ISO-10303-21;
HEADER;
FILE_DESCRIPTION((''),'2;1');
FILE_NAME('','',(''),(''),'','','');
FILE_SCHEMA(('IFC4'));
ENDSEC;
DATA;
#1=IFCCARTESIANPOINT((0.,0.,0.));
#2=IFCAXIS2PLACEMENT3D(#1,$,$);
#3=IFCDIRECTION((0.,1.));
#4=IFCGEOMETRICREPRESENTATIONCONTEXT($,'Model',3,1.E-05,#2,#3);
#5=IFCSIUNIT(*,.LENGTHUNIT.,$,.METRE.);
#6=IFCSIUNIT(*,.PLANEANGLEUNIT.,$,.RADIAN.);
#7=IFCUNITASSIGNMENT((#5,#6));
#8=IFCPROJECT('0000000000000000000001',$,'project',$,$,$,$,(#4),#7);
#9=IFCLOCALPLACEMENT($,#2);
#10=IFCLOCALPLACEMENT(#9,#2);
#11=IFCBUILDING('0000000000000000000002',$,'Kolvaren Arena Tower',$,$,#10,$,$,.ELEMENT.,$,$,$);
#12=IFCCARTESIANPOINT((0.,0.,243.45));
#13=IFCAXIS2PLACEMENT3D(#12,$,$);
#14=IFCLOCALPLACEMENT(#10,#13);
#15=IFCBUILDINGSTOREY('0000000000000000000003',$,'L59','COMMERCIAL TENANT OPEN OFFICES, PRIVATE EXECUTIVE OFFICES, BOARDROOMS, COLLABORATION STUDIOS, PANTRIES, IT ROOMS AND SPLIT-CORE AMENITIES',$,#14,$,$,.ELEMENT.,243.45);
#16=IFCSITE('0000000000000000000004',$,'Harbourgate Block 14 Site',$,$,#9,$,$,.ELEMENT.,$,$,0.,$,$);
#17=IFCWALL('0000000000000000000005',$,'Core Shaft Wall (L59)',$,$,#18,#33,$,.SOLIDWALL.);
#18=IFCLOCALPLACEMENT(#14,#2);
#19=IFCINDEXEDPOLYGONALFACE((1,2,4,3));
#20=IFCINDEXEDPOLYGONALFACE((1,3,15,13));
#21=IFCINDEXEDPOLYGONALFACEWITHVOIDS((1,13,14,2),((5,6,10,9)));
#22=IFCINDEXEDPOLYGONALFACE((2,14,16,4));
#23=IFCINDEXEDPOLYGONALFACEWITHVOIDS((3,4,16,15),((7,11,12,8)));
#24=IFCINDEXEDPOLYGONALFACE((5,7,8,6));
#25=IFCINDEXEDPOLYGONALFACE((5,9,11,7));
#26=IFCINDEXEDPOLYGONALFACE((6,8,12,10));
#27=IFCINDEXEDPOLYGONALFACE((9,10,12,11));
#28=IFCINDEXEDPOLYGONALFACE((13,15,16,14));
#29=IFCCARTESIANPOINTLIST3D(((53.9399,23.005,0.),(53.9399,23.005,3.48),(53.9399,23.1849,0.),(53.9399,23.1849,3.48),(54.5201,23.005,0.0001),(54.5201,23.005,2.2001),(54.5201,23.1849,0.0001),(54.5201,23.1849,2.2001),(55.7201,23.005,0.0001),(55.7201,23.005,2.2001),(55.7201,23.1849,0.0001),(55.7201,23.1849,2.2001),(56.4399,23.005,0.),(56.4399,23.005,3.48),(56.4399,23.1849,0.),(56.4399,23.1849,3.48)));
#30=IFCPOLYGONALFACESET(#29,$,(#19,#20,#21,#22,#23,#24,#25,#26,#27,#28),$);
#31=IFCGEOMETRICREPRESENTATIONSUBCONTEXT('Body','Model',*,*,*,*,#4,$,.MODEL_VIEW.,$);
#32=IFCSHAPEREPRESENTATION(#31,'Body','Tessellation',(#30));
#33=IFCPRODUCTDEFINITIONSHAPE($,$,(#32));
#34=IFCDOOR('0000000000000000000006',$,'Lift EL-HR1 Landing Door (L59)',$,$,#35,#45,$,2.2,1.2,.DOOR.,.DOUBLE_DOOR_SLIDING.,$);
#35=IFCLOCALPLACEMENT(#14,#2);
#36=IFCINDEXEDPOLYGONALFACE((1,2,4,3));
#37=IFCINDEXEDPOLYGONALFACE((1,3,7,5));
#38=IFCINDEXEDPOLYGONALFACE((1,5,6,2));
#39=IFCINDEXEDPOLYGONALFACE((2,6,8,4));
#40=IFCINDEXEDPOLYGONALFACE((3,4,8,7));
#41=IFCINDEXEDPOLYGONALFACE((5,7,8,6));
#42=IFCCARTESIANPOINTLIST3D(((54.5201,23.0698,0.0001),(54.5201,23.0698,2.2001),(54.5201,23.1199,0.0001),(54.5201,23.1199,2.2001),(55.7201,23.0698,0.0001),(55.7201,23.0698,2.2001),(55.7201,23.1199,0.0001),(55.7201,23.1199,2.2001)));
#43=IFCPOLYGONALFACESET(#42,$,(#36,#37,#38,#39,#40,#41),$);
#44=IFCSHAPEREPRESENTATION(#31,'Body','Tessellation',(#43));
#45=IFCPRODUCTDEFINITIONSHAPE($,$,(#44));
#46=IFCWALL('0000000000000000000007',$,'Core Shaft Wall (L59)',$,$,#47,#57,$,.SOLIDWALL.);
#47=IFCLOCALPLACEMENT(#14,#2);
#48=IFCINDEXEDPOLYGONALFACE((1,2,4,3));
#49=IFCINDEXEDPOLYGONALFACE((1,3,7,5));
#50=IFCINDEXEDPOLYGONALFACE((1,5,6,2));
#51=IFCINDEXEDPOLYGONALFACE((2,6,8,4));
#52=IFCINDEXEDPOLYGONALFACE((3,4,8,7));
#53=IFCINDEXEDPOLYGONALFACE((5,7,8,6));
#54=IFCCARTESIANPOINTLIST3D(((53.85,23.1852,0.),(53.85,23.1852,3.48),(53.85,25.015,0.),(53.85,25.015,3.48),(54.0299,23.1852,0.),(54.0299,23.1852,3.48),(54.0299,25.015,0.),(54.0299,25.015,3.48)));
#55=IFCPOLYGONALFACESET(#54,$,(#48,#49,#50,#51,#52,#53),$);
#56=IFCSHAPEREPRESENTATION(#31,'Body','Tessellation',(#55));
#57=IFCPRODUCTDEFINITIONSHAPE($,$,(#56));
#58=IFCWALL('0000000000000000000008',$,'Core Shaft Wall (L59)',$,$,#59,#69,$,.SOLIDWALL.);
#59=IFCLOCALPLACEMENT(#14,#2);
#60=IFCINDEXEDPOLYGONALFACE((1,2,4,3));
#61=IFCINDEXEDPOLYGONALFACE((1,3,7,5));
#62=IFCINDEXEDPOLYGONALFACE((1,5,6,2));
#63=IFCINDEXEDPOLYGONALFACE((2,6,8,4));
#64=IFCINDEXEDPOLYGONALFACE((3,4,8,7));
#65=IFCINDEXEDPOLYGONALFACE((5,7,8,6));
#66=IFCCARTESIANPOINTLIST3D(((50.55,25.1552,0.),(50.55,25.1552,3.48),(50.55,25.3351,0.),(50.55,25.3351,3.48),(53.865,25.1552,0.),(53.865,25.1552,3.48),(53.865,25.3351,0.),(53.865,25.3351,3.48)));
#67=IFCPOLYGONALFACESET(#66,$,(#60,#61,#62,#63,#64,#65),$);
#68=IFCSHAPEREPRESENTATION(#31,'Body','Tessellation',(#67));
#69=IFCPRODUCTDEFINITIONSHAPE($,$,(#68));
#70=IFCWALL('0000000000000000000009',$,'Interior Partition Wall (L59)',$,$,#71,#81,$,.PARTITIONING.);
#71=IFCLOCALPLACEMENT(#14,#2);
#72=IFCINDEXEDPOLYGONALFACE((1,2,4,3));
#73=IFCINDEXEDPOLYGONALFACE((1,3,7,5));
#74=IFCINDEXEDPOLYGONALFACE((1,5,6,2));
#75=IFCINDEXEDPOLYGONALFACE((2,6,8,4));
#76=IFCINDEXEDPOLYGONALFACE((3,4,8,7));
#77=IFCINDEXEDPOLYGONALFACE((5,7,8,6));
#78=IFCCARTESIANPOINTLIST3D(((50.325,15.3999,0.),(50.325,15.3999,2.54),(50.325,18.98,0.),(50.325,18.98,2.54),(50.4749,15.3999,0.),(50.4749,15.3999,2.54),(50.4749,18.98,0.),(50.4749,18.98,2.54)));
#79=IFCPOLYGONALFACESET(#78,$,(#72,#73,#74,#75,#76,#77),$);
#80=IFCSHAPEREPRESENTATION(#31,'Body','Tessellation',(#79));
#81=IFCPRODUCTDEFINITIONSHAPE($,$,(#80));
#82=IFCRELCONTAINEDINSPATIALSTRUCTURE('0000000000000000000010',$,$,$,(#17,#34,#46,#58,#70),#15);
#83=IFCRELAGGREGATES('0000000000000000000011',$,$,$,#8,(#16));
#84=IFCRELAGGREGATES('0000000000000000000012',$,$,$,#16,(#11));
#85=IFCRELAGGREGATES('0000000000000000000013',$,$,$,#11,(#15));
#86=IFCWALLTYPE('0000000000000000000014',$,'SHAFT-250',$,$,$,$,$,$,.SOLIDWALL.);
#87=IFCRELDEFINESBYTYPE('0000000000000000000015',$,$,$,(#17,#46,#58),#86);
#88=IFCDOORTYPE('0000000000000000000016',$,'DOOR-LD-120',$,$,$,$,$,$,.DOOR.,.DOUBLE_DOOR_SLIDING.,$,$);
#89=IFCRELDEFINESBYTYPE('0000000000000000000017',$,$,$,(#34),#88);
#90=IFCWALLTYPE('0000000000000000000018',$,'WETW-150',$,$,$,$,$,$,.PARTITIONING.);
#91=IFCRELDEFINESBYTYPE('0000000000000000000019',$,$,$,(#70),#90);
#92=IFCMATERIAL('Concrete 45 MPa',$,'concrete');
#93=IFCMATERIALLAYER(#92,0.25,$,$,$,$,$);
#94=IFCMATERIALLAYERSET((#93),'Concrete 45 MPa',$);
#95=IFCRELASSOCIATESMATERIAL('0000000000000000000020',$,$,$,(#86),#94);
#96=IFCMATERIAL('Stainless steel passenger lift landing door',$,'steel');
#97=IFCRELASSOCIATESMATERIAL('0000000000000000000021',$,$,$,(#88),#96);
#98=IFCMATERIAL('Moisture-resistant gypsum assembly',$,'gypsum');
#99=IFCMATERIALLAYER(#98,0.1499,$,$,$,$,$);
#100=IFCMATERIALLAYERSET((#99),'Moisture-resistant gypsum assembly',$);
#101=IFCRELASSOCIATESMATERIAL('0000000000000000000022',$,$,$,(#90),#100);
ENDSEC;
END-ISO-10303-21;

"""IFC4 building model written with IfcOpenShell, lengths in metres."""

from ifc_helpers import new_model, si_unit, direction, frame, frame_2d, origin, place, context, subcontext, project, spatial, rectangle, extrude, material, layer, layer_set, type_object, element, fill, save


model = new_model("IFC4")

# Units and contexts
model_context = context("Model", 3, precision=1e-05, world=origin(), true_north=direction((0.0, 1.0)))
body_context = subcontext(model_context, "Body", "Model", "MODEL_VIEW")
ifc_project = project(units=[si_unit("LENGTHUNIT", "METRE"), si_unit("PLANEANGLEUNIT", "RADIAN")], contexts=[model_context])

# Site, building, storey
site_placement = place(None, origin())
site = spatial("IfcSite", under=ifc_project, at=site_placement, Name="Harbourgate Block 14 Site", CompositionType="ELEMENT", RefElevation=0.0)
building_placement = place(site_placement, origin())
building = spatial("IfcBuilding", under=site, at=building_placement, Name="Kolvaren Arena Tower", CompositionType="ELEMENT")
storey_placement = place(building_placement, frame((0.0, 0.0, 243.45)))
storey = spatial("IfcBuildingStorey", under=building, at=storey_placement, Name="L59", Description="COMMERCIAL TENANT OPEN OFFICES, PRIVATE EXECUTIVE OFFICES, BOARDROOMS, COLLABORATION STUDIOS, PANTRIES, IT ROOMS AND SPLIT-CORE AMENITIES", CompositionType="ELEMENT", Elevation=243.45)

# Shared definitions
ifc_material_1 = material(Name="Concrete 45 MPa", Category="concrete")
ifc_layer_1 = layer(ifc_material_1, 0.25)
ifc_layer_set_1 = layer_set([ifc_layer_1], Name="Concrete 45 MPa")
wall_type_1 = type_object("IfcWallType", Name="SHAFT-250", PredefinedType="SOLIDWALL", material=ifc_layer_set_1)

# Wall, opening, door
wall_1_placement = place(storey_placement, frame((53.9399, 23.095, 0.0), z_axis=(0.0, 0.0, 1.0), x_axis=(1.0, 0.0, 0.0)))
wall_1 = element("IfcWall", 1, at=wall_1_placement, inside=storey, type_object=wall_type_1, Name="Core Shaft Wall (L59)", PredefinedType="SOLIDWALL", context=body_context, shape_type="SweptSolid", body=[
    extrude(rectangle(XDim=2.5, YDim=0.1799, at=frame_2d((1.25, 0.0))), origin(), (0.0, 0.0, 1.0), 3.48),
])
opening_1_placement = place(wall_1_placement, frame((0.5801, 0.0, 0.0)))
opening_1 = element("IfcOpeningElement", 2, at=opening_1_placement, cuts=wall_1, PredefinedType="OPENING", context=body_context, shape_type="SweptSolid", body=[
    extrude(rectangle(XDim=1.2, YDim=2.2, at=frame_2d((0.6001, 1.1001))), frame((0.0, 0.0999, 0.0), z_axis=(0.0, -1.0, 0.0), x_axis=(1.0, 0.0, 0.0)), (0.0, 0.0, 1.0), 0.2),
])
ifc_material_2 = material(Name="Stainless steel passenger lift landing door", Category="steel")
door_type_1 = type_object("IfcDoorType", Name="DOOR-LD-120", OperationType="DOUBLE_DOOR_SLIDING", PredefinedType="DOOR", material=ifc_material_2)
door_1_placement = place(opening_1_placement, origin())
door_1 = element("IfcDoor", 3, at=door_1_placement, inside=storey, type_object=door_type_1, Name="Lift EL-HR1 Landing Door (L59)", OperationType="DOUBLE_DOOR_SLIDING", OverallHeight=2.2, OverallWidth=1.2, PredefinedType="DOOR", context=body_context, shape_type="SweptSolid", body=[
    extrude(rectangle(XDim=1.2, YDim=2.2, at=frame_2d((0.6001, 1.1001))), frame((0.0, 0.0249, 0.0), z_axis=(0.0, -1.0, 0.0), x_axis=(1.0, 0.0, 0.0)), (0.0, 0.0, 1.0), 0.05),
])
fill(opening_1, door_1)

# Walls
wall_2_placement = place(storey_placement, frame((53.9399, 23.1851, 0.0), z_axis=(0.0, 0.0, 1.0), x_axis=(0.0, 1.0, 0.0)))
element("IfcWall", 4, at=wall_2_placement, inside=storey, type_object=wall_type_1, Name="Core Shaft Wall (L59)", PredefinedType="SOLIDWALL", context=body_context, shape_type="SweptSolid", body=[
    extrude(rectangle(XDim=1.8298, YDim=0.1799, at=frame_2d((0.915, 0.0))), origin(), (0.0, 0.0, 1.0), 3.48),
])
wall_3_placement = place(storey_placement, frame((50.55, 25.2451, 0.0), z_axis=(0.0, 0.0, 1.0), x_axis=(1.0, 0.0, 0.0)))
element("IfcWall", 5, at=wall_3_placement, inside=storey, type_object=wall_type_1, Name="Core Shaft Wall (L59)", PredefinedType="SOLIDWALL", context=body_context, shape_type="SweptSolid", body=[
    extrude(rectangle(XDim=3.3149, YDim=0.1799, at=frame_2d((1.6575, 0.0))), origin(), (0.0, 0.0, 1.0), 3.48),
])
ifc_material_3 = material(Name="Moisture-resistant gypsum assembly", Category="gypsum")
ifc_layer_2 = layer(ifc_material_3, 0.1499)
ifc_layer_set_2 = layer_set([ifc_layer_2], Name="Moisture-resistant gypsum assembly")
wall_type_2 = type_object("IfcWallType", Name="WETW-150", PredefinedType="PARTITIONING", material=ifc_layer_set_2)
wall_4_placement = place(storey_placement, frame((50.3999, 15.3999, 0.0), z_axis=(0.0, 0.0, 1.0), x_axis=(0.0, 1.0, 0.0)))
element("IfcWall", 6, at=wall_4_placement, inside=storey, type_object=wall_type_2, Name="Interior Partition Wall (L59)", PredefinedType="PARTITIONING", context=body_context, shape_type="SweptSolid", body=[
    extrude(rectangle(XDim=3.5801, YDim=0.1499, at=frame_2d((1.79, 0.0))), origin(), (0.0, 0.0, 1.0), 2.54),
])

save(model, "model.ifc")
